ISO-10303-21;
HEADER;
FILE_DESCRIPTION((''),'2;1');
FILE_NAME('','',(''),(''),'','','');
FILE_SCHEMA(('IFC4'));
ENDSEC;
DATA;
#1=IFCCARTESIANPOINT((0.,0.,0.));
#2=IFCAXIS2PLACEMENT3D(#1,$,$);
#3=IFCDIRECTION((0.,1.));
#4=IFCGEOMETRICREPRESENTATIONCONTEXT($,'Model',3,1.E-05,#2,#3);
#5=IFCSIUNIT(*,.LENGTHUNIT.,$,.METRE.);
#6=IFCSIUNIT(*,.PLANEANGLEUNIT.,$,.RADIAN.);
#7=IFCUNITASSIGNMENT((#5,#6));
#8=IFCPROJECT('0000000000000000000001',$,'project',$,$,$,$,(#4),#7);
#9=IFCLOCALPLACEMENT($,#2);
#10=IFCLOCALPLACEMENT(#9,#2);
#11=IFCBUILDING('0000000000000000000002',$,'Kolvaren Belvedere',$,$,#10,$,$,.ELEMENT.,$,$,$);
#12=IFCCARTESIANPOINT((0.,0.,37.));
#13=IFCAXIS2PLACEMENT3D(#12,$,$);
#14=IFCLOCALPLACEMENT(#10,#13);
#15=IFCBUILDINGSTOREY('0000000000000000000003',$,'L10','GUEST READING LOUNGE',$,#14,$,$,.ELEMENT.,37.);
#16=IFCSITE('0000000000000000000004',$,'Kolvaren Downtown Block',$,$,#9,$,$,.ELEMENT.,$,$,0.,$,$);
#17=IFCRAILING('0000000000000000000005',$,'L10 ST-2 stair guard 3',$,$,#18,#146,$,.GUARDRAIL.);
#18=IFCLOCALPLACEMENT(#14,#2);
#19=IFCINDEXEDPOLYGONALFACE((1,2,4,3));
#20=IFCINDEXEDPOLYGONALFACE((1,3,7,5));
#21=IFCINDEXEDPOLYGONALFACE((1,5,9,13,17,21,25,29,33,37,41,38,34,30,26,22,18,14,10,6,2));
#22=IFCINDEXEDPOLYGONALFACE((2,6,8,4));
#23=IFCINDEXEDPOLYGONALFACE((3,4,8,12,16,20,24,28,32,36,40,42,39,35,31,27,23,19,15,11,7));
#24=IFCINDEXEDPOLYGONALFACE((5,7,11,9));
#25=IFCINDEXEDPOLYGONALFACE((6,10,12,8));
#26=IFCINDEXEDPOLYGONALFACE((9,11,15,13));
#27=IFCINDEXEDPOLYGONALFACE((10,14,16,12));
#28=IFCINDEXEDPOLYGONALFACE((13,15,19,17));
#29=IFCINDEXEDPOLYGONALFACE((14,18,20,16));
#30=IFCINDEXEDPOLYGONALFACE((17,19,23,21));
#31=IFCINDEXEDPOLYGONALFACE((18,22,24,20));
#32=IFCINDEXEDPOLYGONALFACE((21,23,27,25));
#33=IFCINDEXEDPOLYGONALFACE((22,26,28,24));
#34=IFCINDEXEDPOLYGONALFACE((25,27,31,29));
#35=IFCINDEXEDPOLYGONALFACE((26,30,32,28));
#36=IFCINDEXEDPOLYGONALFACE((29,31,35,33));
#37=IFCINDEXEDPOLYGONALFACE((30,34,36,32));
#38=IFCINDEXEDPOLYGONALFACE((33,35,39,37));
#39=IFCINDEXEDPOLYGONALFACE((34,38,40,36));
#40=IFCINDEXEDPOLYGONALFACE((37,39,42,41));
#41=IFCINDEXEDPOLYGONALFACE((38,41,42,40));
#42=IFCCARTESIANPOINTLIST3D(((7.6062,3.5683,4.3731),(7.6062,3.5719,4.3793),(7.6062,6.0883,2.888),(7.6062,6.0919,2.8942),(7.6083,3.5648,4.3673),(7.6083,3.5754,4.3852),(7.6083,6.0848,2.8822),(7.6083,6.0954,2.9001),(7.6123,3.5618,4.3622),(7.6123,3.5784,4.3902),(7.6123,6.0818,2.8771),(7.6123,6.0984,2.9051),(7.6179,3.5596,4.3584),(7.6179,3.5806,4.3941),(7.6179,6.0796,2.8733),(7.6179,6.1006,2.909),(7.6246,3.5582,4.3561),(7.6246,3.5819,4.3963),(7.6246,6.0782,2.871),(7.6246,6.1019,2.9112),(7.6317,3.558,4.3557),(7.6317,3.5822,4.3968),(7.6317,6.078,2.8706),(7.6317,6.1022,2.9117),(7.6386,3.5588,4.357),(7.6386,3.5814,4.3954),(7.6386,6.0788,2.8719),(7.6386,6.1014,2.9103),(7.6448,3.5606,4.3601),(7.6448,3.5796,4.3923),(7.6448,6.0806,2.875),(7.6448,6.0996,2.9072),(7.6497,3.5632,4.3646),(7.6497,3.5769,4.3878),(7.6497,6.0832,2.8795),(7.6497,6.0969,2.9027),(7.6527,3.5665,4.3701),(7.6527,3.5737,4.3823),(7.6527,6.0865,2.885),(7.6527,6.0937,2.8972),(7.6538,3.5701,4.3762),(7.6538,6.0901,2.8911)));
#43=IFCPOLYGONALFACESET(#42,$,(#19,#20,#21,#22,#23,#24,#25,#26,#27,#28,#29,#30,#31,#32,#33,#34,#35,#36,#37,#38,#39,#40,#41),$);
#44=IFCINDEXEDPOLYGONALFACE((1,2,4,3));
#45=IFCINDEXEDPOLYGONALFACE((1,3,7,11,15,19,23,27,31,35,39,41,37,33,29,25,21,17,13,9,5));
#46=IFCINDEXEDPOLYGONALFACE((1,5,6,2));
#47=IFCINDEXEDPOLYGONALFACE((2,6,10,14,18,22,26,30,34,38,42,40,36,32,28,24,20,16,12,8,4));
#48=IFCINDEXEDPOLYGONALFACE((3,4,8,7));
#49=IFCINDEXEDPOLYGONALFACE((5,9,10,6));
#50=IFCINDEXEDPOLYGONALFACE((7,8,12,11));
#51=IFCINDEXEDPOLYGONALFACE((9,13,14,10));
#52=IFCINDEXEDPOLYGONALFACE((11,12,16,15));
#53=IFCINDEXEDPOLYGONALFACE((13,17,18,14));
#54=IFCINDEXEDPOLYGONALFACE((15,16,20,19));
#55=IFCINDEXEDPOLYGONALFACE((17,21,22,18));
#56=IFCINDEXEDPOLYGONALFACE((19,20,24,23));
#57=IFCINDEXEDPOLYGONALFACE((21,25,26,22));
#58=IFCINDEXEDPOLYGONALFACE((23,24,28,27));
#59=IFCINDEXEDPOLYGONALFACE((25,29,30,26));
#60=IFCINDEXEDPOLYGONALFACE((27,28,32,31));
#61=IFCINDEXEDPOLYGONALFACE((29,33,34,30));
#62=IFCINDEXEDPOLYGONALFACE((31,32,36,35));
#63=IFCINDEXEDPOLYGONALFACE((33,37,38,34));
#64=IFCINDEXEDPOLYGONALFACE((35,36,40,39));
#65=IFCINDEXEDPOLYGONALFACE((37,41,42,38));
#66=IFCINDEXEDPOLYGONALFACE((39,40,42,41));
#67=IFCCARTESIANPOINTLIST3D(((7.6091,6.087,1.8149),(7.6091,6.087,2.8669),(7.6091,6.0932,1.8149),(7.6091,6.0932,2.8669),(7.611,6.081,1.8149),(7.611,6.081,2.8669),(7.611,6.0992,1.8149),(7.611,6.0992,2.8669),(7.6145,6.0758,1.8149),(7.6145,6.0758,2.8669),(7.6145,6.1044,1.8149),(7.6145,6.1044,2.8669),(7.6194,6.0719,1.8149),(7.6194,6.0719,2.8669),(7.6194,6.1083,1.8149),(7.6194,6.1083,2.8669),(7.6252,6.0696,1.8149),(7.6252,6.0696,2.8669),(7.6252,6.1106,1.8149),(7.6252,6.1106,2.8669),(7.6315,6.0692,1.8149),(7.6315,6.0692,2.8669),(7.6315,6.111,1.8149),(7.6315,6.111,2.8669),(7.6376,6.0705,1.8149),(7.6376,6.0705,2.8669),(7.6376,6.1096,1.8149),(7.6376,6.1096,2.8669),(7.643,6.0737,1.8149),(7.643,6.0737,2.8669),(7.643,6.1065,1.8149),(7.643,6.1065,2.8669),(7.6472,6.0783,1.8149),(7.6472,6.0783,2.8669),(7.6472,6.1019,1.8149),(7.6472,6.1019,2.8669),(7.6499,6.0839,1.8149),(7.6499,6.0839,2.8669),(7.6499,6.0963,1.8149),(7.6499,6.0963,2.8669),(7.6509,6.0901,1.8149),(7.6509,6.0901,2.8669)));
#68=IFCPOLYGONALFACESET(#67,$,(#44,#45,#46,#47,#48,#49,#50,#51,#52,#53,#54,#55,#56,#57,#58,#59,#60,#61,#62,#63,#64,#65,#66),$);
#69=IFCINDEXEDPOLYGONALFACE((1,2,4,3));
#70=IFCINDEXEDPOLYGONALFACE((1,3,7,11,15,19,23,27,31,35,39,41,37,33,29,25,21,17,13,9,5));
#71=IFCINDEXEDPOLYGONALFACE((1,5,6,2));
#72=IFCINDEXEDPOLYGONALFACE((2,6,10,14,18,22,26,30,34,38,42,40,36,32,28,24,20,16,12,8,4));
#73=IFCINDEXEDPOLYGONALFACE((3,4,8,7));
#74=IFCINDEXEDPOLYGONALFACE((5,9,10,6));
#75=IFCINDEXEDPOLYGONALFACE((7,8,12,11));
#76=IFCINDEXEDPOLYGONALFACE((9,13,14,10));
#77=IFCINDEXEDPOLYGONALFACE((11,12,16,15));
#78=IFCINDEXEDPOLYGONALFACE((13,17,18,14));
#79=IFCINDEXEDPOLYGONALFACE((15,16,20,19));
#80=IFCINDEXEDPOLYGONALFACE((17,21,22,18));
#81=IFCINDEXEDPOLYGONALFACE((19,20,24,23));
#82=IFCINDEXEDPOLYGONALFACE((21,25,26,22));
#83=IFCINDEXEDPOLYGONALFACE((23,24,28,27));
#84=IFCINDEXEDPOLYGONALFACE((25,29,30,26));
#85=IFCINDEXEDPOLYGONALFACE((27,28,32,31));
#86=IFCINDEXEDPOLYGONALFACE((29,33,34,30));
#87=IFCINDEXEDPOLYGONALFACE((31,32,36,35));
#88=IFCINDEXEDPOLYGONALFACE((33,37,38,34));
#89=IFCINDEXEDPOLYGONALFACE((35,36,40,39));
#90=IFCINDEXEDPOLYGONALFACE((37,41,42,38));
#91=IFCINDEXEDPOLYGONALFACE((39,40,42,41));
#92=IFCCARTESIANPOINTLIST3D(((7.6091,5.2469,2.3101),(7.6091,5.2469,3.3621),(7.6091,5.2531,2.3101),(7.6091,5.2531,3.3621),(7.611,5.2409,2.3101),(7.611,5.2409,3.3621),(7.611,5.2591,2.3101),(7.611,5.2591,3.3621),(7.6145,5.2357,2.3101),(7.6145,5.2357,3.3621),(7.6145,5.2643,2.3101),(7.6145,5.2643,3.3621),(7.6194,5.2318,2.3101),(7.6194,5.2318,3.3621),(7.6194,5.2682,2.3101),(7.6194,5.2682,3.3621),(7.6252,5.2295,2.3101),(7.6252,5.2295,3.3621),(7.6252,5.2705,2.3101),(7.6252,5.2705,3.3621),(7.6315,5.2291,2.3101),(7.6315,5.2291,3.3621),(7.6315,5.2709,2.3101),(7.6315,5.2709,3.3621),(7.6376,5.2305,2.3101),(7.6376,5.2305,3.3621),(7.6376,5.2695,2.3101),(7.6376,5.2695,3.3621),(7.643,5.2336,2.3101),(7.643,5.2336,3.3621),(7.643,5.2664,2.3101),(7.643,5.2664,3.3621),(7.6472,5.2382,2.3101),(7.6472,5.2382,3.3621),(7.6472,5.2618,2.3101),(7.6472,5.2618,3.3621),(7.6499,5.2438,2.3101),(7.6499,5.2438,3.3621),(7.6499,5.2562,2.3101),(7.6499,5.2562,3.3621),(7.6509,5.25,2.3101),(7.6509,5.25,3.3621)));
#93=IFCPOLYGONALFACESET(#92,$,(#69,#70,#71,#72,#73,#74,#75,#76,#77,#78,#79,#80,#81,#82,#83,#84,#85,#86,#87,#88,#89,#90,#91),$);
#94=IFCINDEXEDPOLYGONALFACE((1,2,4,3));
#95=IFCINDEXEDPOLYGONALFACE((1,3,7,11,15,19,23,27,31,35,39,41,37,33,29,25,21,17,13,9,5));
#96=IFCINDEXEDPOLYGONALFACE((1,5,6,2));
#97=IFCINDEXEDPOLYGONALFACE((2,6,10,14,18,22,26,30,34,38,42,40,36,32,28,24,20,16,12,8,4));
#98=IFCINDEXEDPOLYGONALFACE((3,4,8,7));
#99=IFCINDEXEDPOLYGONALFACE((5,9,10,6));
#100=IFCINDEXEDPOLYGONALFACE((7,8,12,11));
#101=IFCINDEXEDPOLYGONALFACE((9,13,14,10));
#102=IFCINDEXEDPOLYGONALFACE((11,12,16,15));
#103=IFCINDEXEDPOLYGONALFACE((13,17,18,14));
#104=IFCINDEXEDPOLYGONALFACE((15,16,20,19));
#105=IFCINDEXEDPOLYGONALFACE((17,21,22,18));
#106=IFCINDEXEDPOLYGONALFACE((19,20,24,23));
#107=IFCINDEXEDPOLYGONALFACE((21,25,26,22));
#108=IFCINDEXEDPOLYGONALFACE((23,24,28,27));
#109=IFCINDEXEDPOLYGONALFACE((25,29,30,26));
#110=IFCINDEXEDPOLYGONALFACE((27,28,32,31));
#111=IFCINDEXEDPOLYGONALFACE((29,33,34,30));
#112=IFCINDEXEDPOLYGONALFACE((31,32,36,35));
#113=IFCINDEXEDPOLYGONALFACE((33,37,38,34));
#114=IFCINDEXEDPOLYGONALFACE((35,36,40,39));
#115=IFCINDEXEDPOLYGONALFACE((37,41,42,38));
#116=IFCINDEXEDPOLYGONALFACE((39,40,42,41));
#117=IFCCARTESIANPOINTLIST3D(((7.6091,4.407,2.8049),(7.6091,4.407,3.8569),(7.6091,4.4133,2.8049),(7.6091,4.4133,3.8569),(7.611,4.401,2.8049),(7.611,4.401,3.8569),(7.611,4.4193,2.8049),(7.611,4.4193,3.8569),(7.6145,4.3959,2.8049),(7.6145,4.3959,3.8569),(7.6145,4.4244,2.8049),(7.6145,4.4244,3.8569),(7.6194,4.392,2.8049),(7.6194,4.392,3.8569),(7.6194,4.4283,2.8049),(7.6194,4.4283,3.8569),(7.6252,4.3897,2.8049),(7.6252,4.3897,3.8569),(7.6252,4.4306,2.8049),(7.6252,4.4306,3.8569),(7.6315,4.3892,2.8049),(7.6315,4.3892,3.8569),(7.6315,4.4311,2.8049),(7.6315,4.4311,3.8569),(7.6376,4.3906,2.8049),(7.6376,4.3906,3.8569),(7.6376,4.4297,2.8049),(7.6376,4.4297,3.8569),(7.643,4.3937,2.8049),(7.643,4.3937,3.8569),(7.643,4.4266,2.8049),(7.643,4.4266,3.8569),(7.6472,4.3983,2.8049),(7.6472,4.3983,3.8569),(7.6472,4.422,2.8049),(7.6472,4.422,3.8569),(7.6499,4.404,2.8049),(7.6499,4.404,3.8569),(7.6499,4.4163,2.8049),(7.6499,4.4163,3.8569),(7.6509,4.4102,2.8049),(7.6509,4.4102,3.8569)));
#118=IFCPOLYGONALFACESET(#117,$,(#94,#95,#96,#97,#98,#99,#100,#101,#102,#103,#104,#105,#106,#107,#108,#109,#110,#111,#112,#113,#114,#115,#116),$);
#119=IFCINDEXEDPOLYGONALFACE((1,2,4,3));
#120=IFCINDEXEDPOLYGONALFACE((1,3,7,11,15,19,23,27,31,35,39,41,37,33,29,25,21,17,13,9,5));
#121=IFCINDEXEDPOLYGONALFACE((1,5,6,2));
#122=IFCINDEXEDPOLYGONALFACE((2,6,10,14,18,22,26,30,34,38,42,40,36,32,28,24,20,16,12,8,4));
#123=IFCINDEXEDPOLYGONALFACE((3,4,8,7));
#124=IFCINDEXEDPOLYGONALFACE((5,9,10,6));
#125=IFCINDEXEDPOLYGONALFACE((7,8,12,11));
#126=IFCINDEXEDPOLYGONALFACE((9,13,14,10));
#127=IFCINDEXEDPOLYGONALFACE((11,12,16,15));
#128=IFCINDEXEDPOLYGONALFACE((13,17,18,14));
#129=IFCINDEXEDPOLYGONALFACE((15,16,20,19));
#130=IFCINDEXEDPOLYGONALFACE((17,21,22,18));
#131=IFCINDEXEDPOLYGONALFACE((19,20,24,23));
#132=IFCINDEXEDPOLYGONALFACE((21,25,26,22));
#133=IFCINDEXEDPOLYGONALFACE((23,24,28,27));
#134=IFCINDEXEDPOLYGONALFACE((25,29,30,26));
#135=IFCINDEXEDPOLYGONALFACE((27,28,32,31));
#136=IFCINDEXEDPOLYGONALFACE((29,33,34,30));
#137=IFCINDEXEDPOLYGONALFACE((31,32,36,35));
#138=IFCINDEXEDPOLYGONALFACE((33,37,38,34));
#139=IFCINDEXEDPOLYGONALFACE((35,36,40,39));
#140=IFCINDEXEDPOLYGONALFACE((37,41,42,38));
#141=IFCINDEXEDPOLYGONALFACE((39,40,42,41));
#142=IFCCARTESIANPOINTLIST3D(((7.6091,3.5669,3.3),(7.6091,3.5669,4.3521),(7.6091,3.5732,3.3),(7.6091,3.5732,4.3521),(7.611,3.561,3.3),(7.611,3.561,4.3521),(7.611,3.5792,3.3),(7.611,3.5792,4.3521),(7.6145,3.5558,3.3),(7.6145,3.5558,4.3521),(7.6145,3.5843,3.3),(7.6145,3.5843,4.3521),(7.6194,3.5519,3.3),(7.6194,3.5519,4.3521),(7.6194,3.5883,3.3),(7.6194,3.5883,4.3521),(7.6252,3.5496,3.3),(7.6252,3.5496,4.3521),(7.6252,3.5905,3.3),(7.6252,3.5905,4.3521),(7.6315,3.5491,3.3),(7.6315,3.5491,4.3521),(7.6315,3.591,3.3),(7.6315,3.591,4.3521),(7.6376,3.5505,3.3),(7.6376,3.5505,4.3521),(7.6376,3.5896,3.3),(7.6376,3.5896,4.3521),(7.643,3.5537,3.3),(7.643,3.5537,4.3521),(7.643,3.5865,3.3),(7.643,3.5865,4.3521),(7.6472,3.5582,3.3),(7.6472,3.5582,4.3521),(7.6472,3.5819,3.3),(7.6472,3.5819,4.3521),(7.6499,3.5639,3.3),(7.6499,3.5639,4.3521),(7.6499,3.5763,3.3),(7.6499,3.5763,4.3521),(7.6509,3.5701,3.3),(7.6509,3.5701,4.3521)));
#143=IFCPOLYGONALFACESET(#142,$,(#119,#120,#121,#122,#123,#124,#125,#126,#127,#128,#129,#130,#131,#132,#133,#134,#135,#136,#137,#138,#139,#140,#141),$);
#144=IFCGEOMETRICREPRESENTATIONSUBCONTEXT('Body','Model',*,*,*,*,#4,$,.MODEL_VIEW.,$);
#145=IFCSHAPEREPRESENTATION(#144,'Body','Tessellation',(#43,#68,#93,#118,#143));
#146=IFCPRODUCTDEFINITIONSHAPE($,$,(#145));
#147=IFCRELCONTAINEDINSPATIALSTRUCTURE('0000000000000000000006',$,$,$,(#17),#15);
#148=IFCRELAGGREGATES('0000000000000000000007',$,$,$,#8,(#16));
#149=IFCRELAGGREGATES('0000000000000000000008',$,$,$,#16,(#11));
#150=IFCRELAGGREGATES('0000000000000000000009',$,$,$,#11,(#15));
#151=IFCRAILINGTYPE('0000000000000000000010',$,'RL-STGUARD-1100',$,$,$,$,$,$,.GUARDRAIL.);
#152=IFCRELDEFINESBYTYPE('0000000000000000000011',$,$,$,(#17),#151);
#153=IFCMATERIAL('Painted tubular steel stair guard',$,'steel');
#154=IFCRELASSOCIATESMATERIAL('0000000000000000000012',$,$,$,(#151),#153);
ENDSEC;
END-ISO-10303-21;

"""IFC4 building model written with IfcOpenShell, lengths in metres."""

from ifc_helpers import new_model, si_unit, direction, frame, origin, origin_2d, place, context, subcontext, project, spatial, circle, extrude, material, type_object, element, save


model = new_model("IFC4")

# Units and contexts
model_context = context("Model", 3, precision=1e-05, world=origin(), true_north=direction((0.0, 1.0)))
body_context = subcontext(model_context, "Body", "Model", "MODEL_VIEW")
ifc_project = project(units=[si_unit("LENGTHUNIT", "METRE"), si_unit("PLANEANGLEUNIT", "RADIAN")], contexts=[model_context])

# Site, building, storey
site_placement = place(None, origin())
site = spatial("IfcSite", under=ifc_project, at=site_placement, Name="Kolvaren Downtown Block", CompositionType="ELEMENT", RefElevation=0.0)
building_placement = place(site_placement, origin())
building = spatial("IfcBuilding", under=site, at=building_placement, Name="Kolvaren Belvedere", CompositionType="ELEMENT")
storey_placement = place(building_placement, frame((0.0, 0.0, 37.0)))
storey = spatial("IfcBuildingStorey", under=building, at=storey_placement, Name="L10", Description="GUEST READING LOUNGE", CompositionType="ELEMENT", Elevation=37.0)

# Railing
ifc_material_1 = material(Name="Painted tubular steel stair guard", Category="steel")
railing_type_1 = type_object("IfcRailingType", Name="RL-STGUARD-1100", PredefinedType="GUARDRAIL", material=ifc_material_1)
railing_1_placement = place(storey_placement, frame((7.6299, 6.0901, 1.8149)))
element("IfcRailing", 1, at=railing_1_placement, inside=storey, type_object=railing_type_1, Name="L10 ST-2 stair guard 3", PredefinedType="GUARDRAIL", context=body_context, shape_type="SweptSolid", body=[
    extrude(circle(Radius=0.0239, at=origin_2d()), frame((0.0, 0.0, 1.0762), z_axis=(0.0, -0.861524, 0.507717), x_axis=(1.0, 0.0, 0.0)), (0.0, 0.0, 1.0), 2.925),
    extrude(circle(Radius=0.021, at=origin_2d()), origin(), (0.0, 0.0, 1.0), 1.052),
    extrude(circle(Radius=0.021, at=origin_2d()), frame((0.0, -0.8401, 0.4951)), (0.0, 0.0, 1.0), 1.052),
    extrude(circle(Radius=0.021, at=origin_2d()), frame((0.0, -1.6799, 0.99)), (0.0, 0.0, 1.0), 1.052),
    extrude(circle(Radius=0.021, at=origin_2d()), frame((0.0, -2.52, 1.4851)), (0.0, 0.0, 1.0), 1.052),
])

save(model, "model.ifc")
